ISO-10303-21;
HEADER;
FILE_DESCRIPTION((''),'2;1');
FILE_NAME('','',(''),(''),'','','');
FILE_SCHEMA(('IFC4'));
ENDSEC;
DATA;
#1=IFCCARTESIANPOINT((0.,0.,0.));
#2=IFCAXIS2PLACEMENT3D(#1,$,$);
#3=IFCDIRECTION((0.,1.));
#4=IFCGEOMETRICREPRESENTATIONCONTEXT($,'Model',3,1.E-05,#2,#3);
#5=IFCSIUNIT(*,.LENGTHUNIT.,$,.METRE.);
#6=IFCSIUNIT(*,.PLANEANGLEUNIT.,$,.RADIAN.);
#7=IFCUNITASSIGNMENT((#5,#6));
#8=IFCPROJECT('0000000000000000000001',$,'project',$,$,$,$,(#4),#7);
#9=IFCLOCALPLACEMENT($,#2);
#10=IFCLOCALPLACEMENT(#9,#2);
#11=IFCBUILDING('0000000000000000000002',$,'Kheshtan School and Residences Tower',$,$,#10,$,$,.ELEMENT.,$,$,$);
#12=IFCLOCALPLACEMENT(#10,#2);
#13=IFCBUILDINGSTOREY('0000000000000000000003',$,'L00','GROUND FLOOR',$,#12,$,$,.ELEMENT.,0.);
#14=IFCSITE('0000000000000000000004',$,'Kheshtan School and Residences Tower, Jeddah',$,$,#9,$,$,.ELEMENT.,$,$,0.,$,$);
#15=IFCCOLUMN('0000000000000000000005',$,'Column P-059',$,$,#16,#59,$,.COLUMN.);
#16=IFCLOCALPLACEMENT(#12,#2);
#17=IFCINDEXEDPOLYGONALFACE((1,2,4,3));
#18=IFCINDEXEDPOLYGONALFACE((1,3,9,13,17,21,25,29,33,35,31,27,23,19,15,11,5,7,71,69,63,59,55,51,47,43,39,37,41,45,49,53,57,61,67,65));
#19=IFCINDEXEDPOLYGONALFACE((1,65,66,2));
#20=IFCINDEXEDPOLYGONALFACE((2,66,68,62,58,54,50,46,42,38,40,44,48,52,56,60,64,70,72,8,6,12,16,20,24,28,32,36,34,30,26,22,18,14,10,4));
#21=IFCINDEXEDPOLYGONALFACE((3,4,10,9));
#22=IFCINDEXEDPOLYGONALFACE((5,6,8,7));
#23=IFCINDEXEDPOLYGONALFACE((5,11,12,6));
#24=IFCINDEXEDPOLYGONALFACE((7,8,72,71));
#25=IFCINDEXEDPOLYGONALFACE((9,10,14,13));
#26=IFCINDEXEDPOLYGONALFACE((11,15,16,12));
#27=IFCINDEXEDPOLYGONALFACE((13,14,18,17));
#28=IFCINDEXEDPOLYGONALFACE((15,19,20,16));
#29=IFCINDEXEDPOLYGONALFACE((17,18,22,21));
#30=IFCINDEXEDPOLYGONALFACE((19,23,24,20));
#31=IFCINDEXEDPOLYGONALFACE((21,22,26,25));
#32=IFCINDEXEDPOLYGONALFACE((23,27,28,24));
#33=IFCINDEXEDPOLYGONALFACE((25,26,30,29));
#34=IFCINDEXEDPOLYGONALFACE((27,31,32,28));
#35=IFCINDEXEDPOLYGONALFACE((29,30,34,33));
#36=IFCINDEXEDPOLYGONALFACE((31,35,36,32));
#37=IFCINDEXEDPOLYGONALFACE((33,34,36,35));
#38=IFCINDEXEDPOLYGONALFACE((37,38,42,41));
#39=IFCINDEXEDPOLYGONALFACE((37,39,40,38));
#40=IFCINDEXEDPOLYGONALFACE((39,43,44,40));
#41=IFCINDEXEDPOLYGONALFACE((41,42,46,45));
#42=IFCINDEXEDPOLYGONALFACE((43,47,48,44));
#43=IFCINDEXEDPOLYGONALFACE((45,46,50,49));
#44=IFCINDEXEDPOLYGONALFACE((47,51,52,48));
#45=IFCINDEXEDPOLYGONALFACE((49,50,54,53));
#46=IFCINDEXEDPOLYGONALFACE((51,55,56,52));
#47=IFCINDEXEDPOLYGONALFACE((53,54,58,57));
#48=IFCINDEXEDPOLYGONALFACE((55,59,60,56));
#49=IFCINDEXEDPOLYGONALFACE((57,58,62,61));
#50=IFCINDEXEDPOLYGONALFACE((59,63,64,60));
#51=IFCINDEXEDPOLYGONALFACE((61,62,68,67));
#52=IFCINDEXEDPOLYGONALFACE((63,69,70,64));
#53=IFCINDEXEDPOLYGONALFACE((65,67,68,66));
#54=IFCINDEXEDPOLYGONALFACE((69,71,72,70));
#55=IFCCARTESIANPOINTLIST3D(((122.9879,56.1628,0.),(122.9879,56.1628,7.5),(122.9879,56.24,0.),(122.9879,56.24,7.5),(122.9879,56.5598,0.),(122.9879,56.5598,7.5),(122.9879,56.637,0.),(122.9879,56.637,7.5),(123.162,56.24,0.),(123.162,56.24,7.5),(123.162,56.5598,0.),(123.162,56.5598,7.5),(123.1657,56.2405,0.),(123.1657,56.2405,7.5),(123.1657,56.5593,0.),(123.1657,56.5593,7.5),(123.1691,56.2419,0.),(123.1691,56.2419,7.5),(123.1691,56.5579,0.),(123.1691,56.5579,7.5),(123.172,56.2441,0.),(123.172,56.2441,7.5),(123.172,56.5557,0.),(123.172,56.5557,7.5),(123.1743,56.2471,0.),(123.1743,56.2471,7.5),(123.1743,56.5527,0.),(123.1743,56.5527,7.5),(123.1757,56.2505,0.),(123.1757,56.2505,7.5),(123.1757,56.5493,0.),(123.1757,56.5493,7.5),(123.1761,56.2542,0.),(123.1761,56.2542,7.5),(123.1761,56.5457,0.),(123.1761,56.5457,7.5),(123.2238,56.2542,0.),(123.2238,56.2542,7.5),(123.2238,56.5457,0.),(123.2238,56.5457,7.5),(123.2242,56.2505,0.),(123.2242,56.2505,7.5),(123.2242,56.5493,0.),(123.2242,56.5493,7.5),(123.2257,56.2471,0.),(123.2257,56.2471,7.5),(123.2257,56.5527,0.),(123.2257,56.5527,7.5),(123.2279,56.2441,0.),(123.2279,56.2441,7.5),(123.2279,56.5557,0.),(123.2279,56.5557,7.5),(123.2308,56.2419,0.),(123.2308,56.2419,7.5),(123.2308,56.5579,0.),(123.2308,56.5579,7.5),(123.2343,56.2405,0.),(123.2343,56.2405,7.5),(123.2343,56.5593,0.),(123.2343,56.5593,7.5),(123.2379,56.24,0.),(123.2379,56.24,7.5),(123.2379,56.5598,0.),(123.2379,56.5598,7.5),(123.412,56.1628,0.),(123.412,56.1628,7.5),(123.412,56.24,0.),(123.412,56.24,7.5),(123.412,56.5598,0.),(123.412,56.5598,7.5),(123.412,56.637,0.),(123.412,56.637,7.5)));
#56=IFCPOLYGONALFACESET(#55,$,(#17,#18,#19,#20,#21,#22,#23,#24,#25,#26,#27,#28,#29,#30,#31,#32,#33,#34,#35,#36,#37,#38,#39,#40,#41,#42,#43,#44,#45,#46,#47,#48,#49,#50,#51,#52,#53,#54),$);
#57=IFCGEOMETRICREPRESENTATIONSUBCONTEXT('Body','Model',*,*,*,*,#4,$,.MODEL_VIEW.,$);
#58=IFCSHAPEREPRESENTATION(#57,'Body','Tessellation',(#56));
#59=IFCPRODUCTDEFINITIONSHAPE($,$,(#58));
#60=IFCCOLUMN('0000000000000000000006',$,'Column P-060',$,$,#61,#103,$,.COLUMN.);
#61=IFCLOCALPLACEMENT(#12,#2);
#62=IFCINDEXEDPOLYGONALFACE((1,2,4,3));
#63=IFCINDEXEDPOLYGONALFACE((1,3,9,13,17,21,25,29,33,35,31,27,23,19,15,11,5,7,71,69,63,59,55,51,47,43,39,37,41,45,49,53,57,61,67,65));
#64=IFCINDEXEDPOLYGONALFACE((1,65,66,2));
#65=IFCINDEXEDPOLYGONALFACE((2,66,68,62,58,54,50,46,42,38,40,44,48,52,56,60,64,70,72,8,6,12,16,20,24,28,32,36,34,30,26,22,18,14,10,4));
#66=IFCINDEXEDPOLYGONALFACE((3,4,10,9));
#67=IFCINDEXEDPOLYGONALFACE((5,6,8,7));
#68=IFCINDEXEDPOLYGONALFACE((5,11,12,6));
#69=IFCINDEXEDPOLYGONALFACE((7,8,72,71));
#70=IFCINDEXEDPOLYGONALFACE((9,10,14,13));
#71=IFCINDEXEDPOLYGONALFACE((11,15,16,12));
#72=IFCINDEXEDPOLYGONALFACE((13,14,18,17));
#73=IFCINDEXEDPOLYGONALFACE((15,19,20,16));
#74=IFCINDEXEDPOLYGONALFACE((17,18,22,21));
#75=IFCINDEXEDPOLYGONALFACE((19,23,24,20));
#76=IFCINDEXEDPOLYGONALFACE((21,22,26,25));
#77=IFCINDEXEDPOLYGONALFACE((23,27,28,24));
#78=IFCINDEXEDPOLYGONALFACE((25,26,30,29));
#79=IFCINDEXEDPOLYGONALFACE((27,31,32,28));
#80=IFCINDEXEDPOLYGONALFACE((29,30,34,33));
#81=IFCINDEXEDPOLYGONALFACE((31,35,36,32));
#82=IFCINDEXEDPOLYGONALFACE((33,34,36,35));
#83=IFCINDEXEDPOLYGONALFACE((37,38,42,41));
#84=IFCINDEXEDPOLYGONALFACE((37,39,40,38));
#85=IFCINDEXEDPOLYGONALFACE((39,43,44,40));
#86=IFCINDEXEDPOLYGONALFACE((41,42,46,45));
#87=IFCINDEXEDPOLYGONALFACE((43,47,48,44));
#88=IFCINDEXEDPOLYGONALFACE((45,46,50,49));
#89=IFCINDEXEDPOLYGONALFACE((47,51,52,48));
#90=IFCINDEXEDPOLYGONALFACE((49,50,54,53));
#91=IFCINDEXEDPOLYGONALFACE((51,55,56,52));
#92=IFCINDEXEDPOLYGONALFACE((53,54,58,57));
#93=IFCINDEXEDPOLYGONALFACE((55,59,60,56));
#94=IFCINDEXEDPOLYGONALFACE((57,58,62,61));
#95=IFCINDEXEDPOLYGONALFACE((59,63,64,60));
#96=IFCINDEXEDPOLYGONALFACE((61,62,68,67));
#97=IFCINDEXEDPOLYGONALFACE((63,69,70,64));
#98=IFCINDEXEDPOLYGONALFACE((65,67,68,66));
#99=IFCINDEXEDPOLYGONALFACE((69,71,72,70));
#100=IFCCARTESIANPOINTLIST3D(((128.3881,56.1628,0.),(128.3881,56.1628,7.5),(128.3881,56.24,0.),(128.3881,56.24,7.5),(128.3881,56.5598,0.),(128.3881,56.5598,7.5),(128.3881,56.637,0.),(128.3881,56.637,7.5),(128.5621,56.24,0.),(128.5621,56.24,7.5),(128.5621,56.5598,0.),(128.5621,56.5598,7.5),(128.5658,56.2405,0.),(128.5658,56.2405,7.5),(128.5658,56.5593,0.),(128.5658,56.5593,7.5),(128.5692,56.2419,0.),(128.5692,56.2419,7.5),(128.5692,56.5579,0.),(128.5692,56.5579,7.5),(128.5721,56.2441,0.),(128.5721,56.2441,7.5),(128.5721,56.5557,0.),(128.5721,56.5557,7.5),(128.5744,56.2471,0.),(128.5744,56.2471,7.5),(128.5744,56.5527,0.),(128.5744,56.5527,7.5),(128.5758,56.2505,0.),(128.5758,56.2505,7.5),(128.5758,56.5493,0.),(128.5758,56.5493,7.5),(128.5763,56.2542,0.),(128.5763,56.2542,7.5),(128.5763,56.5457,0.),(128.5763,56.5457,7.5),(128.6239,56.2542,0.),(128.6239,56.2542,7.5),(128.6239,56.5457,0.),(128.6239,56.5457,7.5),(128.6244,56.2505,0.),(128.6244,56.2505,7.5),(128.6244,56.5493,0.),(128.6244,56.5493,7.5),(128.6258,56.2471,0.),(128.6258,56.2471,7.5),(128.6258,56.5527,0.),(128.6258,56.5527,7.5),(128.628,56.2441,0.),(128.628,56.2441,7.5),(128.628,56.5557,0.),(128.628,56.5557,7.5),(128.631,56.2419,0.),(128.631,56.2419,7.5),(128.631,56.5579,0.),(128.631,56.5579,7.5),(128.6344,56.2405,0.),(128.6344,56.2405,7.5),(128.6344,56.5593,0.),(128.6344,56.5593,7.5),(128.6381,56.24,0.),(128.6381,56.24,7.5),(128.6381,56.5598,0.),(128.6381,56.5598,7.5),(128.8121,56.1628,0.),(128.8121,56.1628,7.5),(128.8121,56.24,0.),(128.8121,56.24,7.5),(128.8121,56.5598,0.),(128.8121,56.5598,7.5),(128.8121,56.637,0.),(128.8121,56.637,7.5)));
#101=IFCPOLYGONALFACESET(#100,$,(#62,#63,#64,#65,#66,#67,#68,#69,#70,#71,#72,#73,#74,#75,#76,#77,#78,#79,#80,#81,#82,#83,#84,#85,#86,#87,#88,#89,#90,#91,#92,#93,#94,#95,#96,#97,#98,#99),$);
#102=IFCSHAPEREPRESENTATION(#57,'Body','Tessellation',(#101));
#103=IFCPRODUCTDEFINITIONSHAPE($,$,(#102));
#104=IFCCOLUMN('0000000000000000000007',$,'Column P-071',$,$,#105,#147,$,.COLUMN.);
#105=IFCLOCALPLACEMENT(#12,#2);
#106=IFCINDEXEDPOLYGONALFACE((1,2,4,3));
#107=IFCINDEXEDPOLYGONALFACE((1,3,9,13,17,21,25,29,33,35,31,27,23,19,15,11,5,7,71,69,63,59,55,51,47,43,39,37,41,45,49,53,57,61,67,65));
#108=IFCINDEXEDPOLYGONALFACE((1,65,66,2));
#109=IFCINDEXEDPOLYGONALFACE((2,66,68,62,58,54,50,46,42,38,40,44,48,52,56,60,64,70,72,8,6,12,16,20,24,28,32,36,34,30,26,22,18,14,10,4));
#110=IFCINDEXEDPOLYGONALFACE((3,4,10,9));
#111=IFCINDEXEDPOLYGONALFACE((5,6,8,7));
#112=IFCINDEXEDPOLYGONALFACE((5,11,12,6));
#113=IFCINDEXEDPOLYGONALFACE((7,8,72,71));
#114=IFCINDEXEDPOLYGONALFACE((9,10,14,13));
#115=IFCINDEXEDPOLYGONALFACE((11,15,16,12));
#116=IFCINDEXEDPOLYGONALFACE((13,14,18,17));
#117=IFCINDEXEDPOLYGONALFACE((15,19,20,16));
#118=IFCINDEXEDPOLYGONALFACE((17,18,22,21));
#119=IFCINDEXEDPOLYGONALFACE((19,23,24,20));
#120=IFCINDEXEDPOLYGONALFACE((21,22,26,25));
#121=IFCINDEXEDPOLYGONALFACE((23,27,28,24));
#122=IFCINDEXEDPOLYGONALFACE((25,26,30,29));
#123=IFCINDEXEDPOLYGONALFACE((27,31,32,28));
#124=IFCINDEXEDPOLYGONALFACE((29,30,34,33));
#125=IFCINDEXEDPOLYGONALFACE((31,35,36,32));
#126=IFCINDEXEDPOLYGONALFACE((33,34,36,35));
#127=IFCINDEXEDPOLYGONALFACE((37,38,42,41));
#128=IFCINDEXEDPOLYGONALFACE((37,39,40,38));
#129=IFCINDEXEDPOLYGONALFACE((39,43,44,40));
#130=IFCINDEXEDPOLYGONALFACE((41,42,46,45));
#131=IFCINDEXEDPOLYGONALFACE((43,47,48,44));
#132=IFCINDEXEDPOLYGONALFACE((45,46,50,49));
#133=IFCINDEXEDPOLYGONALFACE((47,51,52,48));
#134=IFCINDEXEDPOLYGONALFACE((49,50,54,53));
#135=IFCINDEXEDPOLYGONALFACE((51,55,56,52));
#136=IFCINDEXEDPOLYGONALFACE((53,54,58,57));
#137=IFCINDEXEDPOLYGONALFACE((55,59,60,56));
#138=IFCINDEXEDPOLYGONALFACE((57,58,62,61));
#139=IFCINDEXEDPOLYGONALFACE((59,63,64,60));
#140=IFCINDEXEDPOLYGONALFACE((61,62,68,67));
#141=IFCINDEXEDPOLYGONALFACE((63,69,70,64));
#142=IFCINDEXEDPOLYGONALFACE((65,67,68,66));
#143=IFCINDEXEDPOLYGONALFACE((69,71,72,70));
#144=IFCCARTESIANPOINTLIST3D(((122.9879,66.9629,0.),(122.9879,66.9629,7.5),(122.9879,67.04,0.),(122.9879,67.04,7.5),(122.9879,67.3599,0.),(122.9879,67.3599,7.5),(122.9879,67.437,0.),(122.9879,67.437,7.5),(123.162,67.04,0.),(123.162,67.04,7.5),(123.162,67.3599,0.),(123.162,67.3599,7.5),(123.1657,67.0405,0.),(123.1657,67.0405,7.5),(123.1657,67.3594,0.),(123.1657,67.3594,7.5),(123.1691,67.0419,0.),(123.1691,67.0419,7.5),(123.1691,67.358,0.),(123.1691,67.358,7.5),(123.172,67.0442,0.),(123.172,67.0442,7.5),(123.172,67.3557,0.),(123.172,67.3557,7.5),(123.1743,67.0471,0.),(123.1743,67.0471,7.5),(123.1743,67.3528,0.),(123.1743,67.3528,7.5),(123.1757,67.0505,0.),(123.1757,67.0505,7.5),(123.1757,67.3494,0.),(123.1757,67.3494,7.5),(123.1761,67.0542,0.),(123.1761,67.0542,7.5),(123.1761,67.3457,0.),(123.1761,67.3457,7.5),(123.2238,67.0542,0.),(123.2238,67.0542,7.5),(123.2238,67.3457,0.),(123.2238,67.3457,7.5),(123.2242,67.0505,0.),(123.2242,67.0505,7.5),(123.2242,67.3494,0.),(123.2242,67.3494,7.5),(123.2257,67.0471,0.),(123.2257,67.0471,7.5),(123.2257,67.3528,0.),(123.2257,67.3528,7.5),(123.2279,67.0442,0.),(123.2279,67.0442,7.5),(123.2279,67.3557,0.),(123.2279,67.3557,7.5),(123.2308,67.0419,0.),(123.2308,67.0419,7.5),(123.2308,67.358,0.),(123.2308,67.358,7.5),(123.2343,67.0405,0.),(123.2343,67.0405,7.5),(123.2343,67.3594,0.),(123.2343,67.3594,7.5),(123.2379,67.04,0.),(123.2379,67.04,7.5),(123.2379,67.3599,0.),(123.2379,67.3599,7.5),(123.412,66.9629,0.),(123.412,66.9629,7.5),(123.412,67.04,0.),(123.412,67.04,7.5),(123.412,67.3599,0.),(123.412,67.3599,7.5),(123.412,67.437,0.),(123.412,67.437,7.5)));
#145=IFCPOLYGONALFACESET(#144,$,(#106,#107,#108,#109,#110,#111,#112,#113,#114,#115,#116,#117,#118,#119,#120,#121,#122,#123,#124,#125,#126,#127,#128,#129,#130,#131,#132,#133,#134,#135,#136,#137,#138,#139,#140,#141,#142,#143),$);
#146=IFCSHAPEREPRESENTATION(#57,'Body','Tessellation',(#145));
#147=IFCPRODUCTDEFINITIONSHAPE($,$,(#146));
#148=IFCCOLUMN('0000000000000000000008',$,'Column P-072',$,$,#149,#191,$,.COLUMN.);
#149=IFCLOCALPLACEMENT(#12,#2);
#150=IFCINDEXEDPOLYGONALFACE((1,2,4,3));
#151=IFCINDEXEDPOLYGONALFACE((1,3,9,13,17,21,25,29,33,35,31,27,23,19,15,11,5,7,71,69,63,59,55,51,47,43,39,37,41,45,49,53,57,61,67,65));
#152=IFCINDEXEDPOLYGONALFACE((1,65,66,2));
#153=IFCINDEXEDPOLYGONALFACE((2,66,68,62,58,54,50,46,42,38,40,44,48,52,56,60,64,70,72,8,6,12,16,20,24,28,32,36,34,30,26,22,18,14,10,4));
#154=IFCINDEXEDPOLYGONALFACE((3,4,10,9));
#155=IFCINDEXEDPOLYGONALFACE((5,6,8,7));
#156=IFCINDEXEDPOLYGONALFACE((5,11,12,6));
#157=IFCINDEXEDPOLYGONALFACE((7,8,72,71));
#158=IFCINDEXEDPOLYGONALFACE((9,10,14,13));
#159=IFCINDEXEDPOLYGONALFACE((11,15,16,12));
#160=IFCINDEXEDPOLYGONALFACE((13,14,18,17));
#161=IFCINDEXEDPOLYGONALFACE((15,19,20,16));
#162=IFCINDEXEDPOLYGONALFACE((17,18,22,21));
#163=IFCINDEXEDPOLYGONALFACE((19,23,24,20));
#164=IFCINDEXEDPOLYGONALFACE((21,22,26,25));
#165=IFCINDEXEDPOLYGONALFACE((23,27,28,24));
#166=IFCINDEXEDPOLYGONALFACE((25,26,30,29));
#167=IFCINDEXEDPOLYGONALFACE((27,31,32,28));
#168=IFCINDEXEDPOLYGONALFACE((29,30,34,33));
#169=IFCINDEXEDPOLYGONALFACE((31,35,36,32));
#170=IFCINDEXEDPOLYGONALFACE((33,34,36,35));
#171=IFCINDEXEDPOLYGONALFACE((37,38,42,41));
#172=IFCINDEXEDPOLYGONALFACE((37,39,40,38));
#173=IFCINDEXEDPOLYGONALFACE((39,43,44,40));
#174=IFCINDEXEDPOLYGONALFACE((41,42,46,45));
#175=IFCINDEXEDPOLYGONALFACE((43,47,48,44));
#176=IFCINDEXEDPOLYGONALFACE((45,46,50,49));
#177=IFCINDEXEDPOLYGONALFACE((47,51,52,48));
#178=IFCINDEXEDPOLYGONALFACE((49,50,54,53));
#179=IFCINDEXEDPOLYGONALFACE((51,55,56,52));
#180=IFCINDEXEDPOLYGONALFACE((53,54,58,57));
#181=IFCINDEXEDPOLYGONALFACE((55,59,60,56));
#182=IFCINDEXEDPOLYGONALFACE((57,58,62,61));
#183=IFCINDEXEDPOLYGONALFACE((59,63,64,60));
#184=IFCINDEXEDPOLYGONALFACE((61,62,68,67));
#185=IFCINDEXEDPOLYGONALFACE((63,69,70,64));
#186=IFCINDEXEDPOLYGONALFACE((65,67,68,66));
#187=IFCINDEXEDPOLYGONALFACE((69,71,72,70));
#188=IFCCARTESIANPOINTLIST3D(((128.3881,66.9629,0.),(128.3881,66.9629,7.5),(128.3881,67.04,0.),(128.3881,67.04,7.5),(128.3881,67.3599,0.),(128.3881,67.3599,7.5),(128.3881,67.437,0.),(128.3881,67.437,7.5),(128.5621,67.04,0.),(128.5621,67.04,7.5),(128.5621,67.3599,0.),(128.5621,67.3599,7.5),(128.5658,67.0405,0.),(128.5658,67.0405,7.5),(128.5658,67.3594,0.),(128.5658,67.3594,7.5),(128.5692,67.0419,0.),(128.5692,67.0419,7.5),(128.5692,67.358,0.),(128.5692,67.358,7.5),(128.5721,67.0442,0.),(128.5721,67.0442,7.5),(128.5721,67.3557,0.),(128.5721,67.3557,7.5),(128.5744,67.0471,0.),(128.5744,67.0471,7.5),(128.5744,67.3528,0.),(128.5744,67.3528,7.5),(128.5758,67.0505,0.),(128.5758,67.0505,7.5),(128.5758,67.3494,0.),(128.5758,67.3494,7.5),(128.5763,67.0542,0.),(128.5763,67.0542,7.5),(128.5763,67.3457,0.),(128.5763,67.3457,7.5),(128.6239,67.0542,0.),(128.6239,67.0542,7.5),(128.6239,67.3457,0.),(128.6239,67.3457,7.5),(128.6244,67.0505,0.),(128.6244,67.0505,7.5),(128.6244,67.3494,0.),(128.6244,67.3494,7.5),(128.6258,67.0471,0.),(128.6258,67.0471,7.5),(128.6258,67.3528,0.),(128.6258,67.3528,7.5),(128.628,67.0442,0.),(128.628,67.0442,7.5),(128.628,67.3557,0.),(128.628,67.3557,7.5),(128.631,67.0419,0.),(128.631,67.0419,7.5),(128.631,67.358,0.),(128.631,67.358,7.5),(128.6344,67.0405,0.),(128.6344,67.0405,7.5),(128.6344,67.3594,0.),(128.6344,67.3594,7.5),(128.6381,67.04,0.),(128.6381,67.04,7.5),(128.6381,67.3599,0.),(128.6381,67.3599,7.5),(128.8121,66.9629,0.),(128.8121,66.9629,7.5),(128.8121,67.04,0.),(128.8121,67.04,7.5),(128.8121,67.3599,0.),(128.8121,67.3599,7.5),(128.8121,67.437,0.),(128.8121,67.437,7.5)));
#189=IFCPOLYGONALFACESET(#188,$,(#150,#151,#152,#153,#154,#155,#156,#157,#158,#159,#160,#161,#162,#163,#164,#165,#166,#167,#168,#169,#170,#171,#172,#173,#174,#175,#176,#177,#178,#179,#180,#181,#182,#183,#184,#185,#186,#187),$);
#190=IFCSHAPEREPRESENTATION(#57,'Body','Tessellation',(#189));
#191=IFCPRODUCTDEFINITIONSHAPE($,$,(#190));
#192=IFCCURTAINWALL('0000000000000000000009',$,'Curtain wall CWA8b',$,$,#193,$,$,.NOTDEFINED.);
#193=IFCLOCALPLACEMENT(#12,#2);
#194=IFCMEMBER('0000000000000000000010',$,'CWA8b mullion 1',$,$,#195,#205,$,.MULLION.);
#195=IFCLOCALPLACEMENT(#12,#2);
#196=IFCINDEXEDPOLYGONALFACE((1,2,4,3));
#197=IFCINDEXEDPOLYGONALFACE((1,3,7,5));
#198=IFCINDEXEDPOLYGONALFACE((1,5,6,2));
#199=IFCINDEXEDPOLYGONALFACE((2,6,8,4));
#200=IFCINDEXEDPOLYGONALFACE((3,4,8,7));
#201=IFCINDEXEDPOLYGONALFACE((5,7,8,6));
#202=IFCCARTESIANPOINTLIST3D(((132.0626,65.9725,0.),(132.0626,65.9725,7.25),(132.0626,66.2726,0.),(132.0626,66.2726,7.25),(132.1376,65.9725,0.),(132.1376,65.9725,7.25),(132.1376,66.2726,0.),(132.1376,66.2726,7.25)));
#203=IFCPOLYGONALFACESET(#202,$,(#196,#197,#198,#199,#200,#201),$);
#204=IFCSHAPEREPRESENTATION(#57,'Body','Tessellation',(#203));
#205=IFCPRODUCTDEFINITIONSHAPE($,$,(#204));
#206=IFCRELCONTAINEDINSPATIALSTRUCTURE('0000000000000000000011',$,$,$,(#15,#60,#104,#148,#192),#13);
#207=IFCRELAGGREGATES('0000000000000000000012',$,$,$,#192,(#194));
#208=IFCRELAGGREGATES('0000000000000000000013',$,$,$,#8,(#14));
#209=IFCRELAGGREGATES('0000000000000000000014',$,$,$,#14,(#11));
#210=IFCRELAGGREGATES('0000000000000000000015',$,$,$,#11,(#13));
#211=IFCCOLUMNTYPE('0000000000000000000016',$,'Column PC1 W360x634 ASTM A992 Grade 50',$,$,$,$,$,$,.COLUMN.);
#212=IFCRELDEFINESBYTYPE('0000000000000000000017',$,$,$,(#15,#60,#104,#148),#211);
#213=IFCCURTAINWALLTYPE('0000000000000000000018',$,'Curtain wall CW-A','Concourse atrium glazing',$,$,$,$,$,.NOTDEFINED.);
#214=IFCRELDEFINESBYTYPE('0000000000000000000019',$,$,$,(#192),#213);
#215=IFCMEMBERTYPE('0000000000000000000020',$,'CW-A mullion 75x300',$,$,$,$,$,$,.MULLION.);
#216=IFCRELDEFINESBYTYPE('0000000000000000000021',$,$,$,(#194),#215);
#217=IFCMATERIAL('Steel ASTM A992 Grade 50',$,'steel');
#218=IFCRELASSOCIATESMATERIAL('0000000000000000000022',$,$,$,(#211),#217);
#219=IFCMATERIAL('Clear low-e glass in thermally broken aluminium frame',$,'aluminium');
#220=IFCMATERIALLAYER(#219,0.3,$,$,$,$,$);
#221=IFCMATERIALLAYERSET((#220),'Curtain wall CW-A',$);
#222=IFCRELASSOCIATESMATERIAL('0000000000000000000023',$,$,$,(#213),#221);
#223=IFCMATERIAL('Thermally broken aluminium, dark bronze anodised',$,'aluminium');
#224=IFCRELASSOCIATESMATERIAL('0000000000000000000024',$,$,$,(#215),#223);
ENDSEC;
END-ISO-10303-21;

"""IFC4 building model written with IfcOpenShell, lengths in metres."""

from ifc_helpers import new_model, si_unit, direction, frame, origin, origin_2d, place, context, subcontext, project, spatial, rectangle, i_section, extrude, material, layer, layer_set, material_profile, profile_set, type_object, element, aggregate, save


model = new_model("IFC4")

# Units and contexts
model_context = context("Model", 3, precision=1e-05, world=origin(), true_north=direction((0.0, 1.0)))
body_context = subcontext(model_context, "Body", "Model", "MODEL_VIEW")
ifc_project = project(units=[si_unit("LENGTHUNIT", "METRE"), si_unit("PLANEANGLEUNIT", "RADIAN")], contexts=[model_context])

# Site, building, storey
site_placement = place(None, origin())
site = spatial("IfcSite", under=ifc_project, at=site_placement, Name="Kheshtan School and Residences Tower, Jeddah", CompositionType="ELEMENT", RefElevation=0.0)
building_placement = place(site_placement, origin())
building = spatial("IfcBuilding", under=site, at=building_placement, Name="Kheshtan School and Residences Tower", CompositionType="ELEMENT")
storey_placement = place(building_placement, origin())
storey = spatial("IfcBuildingStorey", under=building, at=storey_placement, Name="L00", Description="GROUND FLOOR", CompositionType="ELEMENT", Elevation=0.0)

# Columns
ifc_material_1 = material(Name="Steel ASTM A992 Grade 50", Category="steel")
ifc_material_profile_1 = material_profile(ifc_material_1, i_section(OverallWidth=0.4241, OverallDepth=0.4741, WebThickness=0.0476, FlangeThickness=0.0771, FilletRadius=0.0142, at=origin_2d()), Name="W360x634")
ifc_profile_set_1 = profile_set([ifc_material_profile_1], Name="Steel ASTM A992 Grade 50")
column_type = type_object("IfcColumnType", Name="Column PC1 W360x634 ASTM A992 Grade 50", PredefinedType="COLUMN", material=ifc_profile_set_1)
for number, where, z_axis, x_axis, name in (
    (1, (123.2, 56.3999, 0.0), (0.0, 0.0, 1.0), (1.0, 0.0, 0.0), "Column P-059"),
    (2, (128.6001, 56.3999, 0.0), (0.0, 0.0, 1.0), (1.0, 0.0, 0.0), "Column P-060"),
    (3, (123.2, 67.2, 0.0), (0.0, 0.0, 1.0), (1.0, 0.0, 0.0), "Column P-071"),
    (4, (128.6001, 67.2, 0.0), (0.0, 0.0, 1.0), (1.0, 0.0, 0.0), "Column P-072"),
):
    element("IfcColumn", number, at=place(storey_placement, frame(where, z_axis=z_axis, x_axis=x_axis)), inside=storey, type_object=column_type, Name=name, PredefinedType="COLUMN", context=body_context, shape_type="SweptSolid", body=[
        extrude(i_section(OverallWidth=0.4241, OverallDepth=0.4741, WebThickness=0.0476, FlangeThickness=0.0771, FilletRadius=0.0142, at=origin_2d()), origin(), (0.0, 0.0, 1.0), 7.5),
    ])

# Curtain wall, member
ifc_material_2 = material(Name="Clear low-e glass in thermally broken aluminium frame", Category="aluminium")
ifc_layer_1 = layer(ifc_material_2, 0.3)
ifc_layer_set_1 = layer_set([ifc_layer_1], Name="Curtain wall CW-A")
curtain_wall_type = type_object("IfcCurtainWallType", Name="Curtain wall CW-A", Description="Concourse atrium glazing", PredefinedType="NOTDEFINED", material=ifc_layer_set_1)
curtain_wall_placement = place(storey_placement, origin())
curtain_wall = element("IfcCurtainWall", 5, at=curtain_wall_placement, inside=storey, type_object=curtain_wall_type, Name="Curtain wall CWA8b", PredefinedType="NOTDEFINED")
ifc_material_3 = material(Name="Thermally broken aluminium, dark bronze anodised", Category="aluminium")
ifc_material_profile_2 = material_profile(ifc_material_3, rectangle(XDim=0.075, YDim=0.3, at=origin_2d()), Name="CW-A mullion 75x300")
ifc_profile_set_2 = profile_set([ifc_material_profile_2], Name="Thermally broken aluminium, dark bronze anodised")
member_type_1 = type_object("IfcMemberType", Name="CW-A mullion 75x300", PredefinedType="MULLION", material=ifc_profile_set_2)
member_1_placement = place(storey_placement, frame((132.1001, 66.1226, 0.0), z_axis=(0.0, 0.0, 1.0), x_axis=(1.0, 0.0, 0.0)))
member_1 = element("IfcMember", 6, at=member_1_placement, type_object=member_type_1, Name="CWA8b mullion 1", PredefinedType="MULLION", context=body_context, shape_type="SweptSolid", body=[
    extrude(rectangle(XDim=0.075, YDim=0.3, at=origin_2d()), origin(), (0.0, 0.0, 1.0), 7.25),
])
aggregate(curtain_wall, [member_1])

save(model, "model.ifc")
